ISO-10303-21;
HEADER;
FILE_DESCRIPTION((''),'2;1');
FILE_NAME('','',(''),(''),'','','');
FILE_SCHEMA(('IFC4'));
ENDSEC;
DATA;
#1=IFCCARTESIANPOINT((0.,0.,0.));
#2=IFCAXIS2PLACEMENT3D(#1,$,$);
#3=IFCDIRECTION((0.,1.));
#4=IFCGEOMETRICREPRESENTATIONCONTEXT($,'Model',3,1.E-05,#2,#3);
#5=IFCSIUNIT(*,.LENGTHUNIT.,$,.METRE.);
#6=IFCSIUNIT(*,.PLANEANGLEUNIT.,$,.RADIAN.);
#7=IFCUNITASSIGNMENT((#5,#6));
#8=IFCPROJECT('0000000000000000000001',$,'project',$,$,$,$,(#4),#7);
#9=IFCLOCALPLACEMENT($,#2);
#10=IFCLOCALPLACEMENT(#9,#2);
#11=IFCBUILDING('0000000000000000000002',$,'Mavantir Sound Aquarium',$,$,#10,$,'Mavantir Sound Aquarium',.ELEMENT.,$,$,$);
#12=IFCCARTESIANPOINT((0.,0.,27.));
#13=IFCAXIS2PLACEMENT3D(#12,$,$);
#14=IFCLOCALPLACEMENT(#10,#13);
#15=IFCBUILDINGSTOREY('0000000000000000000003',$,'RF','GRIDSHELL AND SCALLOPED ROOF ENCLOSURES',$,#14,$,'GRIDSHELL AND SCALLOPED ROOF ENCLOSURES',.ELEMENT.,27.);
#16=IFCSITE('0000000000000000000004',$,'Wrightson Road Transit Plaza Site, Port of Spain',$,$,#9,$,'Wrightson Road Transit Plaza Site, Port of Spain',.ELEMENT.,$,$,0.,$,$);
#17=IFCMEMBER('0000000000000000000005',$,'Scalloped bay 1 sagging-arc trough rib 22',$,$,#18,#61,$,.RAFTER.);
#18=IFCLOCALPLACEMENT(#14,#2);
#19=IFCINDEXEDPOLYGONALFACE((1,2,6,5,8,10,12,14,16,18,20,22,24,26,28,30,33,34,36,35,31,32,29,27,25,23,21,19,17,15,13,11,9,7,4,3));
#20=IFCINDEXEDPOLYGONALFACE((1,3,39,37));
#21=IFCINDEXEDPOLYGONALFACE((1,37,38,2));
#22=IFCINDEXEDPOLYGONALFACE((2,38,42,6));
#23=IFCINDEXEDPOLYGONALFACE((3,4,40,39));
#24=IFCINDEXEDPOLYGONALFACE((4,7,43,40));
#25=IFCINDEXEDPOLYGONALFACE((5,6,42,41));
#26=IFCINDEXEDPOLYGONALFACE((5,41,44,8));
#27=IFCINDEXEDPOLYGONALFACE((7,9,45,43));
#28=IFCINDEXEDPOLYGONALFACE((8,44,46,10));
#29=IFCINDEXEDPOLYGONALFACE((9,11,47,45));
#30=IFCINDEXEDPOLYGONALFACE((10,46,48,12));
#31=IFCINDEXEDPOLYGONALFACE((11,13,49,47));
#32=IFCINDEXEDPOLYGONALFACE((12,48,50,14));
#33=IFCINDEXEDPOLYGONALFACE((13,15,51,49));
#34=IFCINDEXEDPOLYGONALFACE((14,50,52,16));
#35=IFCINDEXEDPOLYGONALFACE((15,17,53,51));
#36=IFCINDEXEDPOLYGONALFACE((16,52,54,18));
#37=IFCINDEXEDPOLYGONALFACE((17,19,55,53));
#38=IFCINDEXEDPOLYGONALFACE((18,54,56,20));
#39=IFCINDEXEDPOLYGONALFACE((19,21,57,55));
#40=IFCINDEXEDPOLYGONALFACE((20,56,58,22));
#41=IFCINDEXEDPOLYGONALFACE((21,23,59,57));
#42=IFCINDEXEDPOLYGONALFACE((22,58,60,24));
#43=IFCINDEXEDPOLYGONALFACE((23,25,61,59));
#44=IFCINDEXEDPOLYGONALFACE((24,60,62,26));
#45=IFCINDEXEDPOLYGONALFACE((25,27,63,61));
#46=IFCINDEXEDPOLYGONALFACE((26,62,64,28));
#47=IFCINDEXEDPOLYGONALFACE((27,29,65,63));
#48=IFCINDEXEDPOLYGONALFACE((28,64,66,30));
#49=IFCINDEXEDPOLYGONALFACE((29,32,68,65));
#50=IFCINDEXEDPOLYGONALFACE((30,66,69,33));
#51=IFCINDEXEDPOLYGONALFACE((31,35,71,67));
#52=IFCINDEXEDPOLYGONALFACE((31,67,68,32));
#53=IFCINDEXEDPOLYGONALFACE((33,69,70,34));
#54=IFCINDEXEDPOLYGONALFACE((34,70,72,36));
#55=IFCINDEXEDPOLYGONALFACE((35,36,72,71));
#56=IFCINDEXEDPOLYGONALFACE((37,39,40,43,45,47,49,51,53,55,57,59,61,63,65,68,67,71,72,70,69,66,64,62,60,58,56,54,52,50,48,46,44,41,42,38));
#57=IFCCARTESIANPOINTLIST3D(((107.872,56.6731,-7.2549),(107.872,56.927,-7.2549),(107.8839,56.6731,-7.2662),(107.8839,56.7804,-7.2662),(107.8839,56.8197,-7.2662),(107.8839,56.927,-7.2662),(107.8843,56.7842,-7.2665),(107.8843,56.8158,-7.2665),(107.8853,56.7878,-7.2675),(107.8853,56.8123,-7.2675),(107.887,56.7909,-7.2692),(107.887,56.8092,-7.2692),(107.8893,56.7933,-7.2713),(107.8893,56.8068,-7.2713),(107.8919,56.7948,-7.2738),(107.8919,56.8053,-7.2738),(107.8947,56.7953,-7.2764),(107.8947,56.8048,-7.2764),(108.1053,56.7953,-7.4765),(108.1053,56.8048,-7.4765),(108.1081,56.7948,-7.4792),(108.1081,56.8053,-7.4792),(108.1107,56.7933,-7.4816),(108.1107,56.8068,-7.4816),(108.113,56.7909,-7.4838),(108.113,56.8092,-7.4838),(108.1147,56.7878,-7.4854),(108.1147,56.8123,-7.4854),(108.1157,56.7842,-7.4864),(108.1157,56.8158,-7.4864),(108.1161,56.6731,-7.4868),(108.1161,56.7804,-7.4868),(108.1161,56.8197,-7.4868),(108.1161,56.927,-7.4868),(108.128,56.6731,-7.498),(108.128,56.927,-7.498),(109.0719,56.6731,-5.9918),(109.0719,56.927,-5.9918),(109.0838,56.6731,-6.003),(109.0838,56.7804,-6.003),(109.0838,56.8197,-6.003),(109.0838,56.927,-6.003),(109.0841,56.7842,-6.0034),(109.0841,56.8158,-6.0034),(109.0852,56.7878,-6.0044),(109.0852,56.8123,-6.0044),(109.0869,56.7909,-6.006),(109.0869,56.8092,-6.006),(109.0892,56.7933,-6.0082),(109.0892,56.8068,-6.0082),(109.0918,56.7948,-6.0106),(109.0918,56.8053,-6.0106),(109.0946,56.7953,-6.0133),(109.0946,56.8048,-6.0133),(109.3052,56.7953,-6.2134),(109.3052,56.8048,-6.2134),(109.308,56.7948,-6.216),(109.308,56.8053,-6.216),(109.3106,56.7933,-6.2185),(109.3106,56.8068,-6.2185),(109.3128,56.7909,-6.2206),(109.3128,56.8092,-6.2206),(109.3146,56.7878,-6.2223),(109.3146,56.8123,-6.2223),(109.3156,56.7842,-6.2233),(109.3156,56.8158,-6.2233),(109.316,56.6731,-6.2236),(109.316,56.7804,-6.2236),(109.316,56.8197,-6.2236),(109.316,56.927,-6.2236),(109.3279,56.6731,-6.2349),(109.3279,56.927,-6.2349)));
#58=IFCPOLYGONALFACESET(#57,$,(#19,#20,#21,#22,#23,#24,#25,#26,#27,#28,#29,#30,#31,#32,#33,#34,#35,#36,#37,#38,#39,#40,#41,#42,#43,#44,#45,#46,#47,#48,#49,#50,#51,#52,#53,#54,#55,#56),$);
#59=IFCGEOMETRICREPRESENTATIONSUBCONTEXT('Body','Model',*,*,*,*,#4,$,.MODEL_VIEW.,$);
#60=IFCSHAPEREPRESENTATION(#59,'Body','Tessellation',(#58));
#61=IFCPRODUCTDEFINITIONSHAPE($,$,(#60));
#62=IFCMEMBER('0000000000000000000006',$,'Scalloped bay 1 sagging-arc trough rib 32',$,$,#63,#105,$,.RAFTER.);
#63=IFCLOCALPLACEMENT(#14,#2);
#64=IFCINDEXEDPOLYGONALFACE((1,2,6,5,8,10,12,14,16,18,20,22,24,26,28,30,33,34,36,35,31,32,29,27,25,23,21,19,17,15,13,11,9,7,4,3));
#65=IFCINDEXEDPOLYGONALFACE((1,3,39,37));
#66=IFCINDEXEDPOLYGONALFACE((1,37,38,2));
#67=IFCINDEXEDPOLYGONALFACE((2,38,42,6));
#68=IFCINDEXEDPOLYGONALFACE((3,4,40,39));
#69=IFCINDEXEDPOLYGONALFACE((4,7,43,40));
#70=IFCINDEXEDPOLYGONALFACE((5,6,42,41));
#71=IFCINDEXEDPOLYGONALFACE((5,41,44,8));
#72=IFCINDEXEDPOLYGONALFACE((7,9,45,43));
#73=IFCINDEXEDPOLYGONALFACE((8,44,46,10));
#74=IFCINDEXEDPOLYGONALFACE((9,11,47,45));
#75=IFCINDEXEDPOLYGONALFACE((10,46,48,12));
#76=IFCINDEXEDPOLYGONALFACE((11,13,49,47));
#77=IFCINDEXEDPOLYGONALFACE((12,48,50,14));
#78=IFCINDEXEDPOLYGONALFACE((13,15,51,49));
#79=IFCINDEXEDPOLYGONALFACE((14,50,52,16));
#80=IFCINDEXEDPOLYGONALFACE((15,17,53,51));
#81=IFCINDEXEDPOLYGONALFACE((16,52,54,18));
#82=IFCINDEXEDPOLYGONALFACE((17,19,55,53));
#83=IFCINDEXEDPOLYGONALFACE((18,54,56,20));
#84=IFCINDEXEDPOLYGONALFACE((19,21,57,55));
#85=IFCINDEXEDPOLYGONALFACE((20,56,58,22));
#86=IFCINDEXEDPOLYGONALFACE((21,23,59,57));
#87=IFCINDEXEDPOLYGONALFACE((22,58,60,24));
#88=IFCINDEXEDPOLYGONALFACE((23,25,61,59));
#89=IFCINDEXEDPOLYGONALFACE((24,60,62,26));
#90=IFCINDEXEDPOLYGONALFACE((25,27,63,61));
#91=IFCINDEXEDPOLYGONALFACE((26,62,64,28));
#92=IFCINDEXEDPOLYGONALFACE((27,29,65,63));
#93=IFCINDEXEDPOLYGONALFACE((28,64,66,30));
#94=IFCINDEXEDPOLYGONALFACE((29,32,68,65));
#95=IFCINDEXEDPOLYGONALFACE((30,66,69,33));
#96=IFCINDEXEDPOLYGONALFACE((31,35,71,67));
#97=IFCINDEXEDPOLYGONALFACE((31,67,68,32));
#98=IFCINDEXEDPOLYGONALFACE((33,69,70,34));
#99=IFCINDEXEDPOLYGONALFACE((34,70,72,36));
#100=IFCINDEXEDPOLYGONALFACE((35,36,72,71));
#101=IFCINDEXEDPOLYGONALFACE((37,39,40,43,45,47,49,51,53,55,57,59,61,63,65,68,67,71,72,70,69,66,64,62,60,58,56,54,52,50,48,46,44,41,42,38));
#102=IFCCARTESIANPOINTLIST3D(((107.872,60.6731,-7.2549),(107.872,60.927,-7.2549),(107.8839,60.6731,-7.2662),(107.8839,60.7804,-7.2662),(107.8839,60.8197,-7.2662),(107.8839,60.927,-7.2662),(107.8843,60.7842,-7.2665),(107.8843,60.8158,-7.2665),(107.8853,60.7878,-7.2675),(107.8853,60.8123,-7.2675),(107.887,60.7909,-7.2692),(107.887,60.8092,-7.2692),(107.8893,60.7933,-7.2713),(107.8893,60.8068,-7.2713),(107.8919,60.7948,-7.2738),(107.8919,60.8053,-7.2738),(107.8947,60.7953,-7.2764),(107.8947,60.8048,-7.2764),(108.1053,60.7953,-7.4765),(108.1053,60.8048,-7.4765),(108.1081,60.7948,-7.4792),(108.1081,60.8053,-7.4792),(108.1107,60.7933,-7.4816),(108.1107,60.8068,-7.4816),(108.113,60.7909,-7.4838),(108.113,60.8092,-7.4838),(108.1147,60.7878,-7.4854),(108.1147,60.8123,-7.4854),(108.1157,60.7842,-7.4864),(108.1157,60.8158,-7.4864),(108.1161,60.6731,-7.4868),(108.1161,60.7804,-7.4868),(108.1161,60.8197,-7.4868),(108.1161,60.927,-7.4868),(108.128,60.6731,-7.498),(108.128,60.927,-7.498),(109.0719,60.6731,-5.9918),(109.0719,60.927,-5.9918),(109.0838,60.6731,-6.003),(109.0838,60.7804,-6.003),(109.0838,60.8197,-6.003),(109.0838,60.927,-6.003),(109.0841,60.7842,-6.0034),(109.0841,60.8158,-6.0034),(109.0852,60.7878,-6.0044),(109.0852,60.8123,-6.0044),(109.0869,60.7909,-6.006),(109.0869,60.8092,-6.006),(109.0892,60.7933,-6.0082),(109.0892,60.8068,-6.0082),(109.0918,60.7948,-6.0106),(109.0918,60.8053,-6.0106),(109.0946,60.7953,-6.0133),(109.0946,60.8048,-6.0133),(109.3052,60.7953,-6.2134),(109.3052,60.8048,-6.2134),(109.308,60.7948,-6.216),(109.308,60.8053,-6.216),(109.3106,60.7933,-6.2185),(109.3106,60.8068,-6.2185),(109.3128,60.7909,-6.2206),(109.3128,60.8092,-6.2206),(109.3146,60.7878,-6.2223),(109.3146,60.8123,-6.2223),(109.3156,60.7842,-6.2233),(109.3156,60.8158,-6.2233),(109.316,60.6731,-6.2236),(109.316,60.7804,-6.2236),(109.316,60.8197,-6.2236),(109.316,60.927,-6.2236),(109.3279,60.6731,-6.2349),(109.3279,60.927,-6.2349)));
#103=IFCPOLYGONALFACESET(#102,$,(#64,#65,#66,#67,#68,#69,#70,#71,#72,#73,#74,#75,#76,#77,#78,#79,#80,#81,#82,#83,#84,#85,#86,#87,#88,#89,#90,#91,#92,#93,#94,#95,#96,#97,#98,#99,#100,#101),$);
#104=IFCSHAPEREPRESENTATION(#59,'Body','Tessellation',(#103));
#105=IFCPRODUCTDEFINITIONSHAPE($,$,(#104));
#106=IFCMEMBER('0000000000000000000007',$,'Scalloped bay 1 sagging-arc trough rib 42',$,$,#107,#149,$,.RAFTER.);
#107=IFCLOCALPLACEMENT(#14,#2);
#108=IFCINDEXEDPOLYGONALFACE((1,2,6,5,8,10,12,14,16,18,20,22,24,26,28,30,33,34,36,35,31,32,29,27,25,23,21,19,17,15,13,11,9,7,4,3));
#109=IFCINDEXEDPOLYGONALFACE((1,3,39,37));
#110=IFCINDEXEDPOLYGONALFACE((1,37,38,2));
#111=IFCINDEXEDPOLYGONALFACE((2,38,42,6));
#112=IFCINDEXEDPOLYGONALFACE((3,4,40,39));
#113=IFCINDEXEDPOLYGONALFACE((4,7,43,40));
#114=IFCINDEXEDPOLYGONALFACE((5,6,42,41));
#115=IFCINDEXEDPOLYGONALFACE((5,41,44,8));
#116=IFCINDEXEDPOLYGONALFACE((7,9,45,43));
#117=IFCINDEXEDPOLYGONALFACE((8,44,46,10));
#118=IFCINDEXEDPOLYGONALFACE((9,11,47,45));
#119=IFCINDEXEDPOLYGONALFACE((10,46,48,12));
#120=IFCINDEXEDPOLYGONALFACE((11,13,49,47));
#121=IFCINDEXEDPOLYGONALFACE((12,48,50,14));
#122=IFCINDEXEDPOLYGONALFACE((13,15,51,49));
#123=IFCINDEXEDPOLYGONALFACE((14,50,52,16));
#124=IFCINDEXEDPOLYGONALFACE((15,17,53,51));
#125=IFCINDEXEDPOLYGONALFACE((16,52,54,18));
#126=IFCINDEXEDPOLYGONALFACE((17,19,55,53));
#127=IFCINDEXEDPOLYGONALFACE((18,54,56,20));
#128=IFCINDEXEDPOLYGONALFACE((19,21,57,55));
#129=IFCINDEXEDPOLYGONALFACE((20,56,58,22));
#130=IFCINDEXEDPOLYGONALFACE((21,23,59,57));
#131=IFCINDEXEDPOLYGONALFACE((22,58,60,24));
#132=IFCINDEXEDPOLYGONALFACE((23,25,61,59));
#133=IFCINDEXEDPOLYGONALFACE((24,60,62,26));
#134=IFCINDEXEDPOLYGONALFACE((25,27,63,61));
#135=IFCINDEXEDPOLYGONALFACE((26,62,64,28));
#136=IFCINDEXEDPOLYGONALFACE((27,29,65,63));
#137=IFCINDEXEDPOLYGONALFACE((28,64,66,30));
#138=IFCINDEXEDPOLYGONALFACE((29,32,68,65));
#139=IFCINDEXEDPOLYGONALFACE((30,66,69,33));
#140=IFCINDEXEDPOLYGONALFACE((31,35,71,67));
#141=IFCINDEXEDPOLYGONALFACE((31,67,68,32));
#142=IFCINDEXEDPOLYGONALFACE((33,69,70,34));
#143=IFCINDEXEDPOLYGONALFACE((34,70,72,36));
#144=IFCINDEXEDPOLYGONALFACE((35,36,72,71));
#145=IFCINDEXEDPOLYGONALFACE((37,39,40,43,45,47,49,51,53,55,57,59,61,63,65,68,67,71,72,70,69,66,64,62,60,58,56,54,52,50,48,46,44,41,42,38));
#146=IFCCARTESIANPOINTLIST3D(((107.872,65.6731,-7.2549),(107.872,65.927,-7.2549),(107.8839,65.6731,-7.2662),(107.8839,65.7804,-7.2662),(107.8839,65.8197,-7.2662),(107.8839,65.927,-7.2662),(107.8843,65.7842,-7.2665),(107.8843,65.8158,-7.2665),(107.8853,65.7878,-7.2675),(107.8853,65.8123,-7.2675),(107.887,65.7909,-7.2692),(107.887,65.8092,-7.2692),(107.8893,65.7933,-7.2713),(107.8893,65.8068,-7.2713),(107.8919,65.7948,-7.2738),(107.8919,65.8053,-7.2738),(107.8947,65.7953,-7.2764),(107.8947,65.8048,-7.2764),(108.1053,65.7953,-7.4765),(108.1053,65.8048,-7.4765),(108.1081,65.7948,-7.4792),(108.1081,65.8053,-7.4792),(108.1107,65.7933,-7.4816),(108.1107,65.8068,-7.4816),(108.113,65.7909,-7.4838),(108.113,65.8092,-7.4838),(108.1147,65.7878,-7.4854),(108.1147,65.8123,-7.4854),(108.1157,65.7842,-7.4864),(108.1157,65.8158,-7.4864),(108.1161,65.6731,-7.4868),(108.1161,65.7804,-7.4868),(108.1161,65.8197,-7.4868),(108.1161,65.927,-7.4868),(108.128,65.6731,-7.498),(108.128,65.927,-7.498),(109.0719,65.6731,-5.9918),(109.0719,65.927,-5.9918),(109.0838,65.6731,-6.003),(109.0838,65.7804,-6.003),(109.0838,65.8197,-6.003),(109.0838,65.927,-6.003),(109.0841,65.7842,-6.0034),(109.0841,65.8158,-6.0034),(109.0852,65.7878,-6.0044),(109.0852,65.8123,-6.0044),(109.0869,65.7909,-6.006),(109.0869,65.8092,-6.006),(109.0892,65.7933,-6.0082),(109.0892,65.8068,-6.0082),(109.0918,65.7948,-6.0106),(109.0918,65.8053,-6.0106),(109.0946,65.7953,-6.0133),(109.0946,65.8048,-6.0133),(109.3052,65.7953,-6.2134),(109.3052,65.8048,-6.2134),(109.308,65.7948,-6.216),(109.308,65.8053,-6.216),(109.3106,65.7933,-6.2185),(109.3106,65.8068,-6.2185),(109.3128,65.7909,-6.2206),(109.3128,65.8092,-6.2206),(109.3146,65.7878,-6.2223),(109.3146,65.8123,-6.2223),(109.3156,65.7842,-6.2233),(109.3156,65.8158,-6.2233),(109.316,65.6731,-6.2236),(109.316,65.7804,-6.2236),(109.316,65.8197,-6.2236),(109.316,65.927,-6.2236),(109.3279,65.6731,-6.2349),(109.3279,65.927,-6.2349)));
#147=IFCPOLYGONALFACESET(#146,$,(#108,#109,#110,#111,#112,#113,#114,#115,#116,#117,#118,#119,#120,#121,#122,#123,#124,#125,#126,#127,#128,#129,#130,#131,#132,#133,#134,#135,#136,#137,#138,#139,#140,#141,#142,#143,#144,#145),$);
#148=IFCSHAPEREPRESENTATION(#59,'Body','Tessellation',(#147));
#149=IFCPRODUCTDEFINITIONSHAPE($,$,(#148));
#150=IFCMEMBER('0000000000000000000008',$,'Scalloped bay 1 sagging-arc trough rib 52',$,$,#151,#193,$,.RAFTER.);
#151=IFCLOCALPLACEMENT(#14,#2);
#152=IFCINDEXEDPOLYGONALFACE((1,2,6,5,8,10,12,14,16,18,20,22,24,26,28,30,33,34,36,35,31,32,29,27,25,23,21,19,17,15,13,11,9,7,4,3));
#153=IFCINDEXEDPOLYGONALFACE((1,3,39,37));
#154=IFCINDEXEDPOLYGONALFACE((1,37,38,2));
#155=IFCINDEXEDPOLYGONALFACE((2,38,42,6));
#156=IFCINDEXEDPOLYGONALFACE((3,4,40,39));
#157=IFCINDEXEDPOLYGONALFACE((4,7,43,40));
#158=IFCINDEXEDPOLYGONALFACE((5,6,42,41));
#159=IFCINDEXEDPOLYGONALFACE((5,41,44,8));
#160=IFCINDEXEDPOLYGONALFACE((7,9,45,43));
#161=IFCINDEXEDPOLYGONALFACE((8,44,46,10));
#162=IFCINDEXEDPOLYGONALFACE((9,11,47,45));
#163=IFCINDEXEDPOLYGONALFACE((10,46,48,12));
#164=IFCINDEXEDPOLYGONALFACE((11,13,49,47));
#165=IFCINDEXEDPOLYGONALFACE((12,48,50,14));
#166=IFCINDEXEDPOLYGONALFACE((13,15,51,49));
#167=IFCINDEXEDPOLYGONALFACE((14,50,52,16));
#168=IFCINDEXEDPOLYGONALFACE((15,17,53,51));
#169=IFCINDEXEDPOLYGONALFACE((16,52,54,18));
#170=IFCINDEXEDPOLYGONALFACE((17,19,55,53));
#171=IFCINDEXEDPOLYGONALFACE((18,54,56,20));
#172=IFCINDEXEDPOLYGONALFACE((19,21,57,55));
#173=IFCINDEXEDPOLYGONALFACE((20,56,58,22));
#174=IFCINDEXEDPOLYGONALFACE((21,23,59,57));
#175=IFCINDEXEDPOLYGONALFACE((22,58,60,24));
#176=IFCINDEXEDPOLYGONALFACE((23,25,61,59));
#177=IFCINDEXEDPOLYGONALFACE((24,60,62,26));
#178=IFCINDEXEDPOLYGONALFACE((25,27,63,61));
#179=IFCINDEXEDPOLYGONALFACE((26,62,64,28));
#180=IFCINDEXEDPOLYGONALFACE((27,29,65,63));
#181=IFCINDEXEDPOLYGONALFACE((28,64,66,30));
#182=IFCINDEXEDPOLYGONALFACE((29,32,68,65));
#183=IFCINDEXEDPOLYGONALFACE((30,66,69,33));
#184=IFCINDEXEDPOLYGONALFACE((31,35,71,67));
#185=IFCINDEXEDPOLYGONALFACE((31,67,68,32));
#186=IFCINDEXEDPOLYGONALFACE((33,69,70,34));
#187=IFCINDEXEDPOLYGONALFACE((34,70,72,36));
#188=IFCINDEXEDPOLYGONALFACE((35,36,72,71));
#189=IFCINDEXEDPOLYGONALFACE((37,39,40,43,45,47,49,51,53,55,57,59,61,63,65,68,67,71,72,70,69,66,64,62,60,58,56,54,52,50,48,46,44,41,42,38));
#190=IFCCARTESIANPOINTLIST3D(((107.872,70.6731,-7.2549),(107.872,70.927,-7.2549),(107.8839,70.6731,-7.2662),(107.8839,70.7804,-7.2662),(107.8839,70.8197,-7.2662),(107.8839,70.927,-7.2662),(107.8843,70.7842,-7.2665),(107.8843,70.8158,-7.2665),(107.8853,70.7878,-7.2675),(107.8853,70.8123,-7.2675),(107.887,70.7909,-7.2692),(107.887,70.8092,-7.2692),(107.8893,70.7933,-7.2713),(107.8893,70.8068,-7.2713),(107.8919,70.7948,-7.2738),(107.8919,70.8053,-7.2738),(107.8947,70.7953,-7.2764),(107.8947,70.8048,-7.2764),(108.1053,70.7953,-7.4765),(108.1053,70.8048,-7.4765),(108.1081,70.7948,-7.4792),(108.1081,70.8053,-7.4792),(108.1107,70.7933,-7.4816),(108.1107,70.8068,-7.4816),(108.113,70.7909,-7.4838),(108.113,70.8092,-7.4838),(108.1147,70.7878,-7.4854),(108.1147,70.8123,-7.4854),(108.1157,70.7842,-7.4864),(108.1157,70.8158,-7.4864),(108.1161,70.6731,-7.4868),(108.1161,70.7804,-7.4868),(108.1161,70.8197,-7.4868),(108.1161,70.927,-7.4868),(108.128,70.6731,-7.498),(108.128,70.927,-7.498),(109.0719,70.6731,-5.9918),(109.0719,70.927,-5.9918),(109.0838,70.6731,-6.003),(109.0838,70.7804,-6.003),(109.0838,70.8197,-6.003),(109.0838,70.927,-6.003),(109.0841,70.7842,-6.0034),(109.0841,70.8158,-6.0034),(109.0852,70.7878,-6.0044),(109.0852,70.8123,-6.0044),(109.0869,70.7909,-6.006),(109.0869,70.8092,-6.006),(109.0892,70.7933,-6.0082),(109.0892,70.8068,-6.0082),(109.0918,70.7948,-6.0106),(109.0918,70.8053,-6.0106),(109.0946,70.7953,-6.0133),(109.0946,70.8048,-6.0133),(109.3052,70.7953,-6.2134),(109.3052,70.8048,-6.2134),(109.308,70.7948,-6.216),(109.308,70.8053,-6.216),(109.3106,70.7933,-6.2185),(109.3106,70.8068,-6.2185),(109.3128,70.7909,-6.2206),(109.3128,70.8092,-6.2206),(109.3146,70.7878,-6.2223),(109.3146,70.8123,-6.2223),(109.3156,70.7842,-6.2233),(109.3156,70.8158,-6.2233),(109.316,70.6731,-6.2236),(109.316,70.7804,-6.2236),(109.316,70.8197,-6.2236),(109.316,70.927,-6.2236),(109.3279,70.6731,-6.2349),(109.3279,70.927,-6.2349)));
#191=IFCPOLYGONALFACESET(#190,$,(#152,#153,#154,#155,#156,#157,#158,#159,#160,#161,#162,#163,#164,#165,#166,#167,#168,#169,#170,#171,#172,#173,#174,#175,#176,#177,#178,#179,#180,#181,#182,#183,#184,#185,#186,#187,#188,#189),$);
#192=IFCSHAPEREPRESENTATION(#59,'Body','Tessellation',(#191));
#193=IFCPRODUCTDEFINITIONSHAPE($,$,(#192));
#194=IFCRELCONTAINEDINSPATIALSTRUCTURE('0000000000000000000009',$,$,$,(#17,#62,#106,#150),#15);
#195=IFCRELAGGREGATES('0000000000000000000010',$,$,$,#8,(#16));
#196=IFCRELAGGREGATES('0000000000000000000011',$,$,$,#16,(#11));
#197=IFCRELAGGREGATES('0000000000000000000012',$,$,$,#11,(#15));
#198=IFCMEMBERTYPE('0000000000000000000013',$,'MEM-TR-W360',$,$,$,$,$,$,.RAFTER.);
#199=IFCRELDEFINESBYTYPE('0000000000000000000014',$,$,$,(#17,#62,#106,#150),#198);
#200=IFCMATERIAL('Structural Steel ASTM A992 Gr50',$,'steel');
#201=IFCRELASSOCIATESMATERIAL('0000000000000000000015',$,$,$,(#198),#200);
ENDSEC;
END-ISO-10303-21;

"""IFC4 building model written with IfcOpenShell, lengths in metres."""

from ifc_helpers import new_model, si_unit, direction, frame, origin, origin_2d, place, context, subcontext, project, spatial, i_section, extrude, material, material_profile, profile_set, type_object, element, save


model = new_model("IFC4")

# Units and contexts
model_context = context("Model", 3, precision=1e-05, world=origin(), true_north=direction((0.0, 1.0)))
body_context = subcontext(model_context, "Body", "Model", "MODEL_VIEW")
ifc_project = project(units=[si_unit("LENGTHUNIT", "METRE"), si_unit("PLANEANGLEUNIT", "RADIAN")], contexts=[model_context])

# Site, building, storey
site_placement = place(None, origin())
site = spatial("IfcSite", under=ifc_project, at=site_placement, Name="Wrightson Road Transit Plaza Site, Port of Spain", LongName="Wrightson Road Transit Plaza Site, Port of Spain", CompositionType="ELEMENT", RefElevation=0.0)
building_placement = place(site_placement, origin())
building = spatial("IfcBuilding", under=site, at=building_placement, Name="Mavantir Sound Aquarium", LongName="Mavantir Sound Aquarium", CompositionType="ELEMENT")
storey_placement = place(building_placement, frame((0.0, 0.0, 27.0)))
storey = spatial("IfcBuildingStorey", under=building, at=storey_placement, Name="RF", Description="GRIDSHELL AND SCALLOPED ROOF ENCLOSURES", LongName="GRIDSHELL AND SCALLOPED ROOF ENCLOSURES", CompositionType="ELEMENT", Elevation=27.0)

# Shared definitions
ifc_material_1 = material(Name="Structural Steel ASTM A992 Gr50", Category="steel")

# Members
ifc_material_profile_1 = material_profile(ifc_material_1, i_section(OverallWidth=0.2539, OverallDepth=0.353, WebThickness=0.0095, FlangeThickness=0.0164, FilletRadius=0.0149, at=origin_2d()), Name="W360X91")
ifc_profile_set_1 = profile_set([ifc_material_profile_1], Name="Structural Steel ASTM A992 Gr50")
member_type = type_object("IfcMemberType", Name="MEM-TR-W360", PredefinedType="RAFTER", material=ifc_profile_set_1)
for number, where, z_axis, x_axis, name in (
    (1, (108.0, 56.8, -7.3765), (0.688727, 0.0, 0.72502), (0.0, 1.0, 0.0), "Scalloped bay 1 sagging-arc trough rib 22"),
    (2, (108.0, 60.8, -7.3765), (0.688727, 0.0, 0.72502), (0.0, 1.0, 0.0), "Scalloped bay 1 sagging-arc trough rib 32"),
    (3, (108.0, 65.8, -7.3765), (0.688727, 0.0, 0.72502), (0.0, 1.0, 0.0), "Scalloped bay 1 sagging-arc trough rib 42"),
    (4, (108.0, 70.8, -7.3765), (0.688727, 0.0, 0.72502), (0.0, 1.0, 0.0), "Scalloped bay 1 sagging-arc trough rib 52"),
):
    element("IfcMember", number, at=place(storey_placement, frame(where, z_axis=z_axis, x_axis=x_axis)), inside=storey, type_object=member_type, Name=name, PredefinedType="RAFTER", context=body_context, shape_type="SweptSolid", body=[
        extrude(i_section(OverallWidth=0.2539, OverallDepth=0.353, WebThickness=0.0095, FlangeThickness=0.0164, FilletRadius=0.0149, at=origin_2d()), origin(), (0.0, 0.0, 1.0), 1.7422),
    ])

save(model, "model.ifc")
